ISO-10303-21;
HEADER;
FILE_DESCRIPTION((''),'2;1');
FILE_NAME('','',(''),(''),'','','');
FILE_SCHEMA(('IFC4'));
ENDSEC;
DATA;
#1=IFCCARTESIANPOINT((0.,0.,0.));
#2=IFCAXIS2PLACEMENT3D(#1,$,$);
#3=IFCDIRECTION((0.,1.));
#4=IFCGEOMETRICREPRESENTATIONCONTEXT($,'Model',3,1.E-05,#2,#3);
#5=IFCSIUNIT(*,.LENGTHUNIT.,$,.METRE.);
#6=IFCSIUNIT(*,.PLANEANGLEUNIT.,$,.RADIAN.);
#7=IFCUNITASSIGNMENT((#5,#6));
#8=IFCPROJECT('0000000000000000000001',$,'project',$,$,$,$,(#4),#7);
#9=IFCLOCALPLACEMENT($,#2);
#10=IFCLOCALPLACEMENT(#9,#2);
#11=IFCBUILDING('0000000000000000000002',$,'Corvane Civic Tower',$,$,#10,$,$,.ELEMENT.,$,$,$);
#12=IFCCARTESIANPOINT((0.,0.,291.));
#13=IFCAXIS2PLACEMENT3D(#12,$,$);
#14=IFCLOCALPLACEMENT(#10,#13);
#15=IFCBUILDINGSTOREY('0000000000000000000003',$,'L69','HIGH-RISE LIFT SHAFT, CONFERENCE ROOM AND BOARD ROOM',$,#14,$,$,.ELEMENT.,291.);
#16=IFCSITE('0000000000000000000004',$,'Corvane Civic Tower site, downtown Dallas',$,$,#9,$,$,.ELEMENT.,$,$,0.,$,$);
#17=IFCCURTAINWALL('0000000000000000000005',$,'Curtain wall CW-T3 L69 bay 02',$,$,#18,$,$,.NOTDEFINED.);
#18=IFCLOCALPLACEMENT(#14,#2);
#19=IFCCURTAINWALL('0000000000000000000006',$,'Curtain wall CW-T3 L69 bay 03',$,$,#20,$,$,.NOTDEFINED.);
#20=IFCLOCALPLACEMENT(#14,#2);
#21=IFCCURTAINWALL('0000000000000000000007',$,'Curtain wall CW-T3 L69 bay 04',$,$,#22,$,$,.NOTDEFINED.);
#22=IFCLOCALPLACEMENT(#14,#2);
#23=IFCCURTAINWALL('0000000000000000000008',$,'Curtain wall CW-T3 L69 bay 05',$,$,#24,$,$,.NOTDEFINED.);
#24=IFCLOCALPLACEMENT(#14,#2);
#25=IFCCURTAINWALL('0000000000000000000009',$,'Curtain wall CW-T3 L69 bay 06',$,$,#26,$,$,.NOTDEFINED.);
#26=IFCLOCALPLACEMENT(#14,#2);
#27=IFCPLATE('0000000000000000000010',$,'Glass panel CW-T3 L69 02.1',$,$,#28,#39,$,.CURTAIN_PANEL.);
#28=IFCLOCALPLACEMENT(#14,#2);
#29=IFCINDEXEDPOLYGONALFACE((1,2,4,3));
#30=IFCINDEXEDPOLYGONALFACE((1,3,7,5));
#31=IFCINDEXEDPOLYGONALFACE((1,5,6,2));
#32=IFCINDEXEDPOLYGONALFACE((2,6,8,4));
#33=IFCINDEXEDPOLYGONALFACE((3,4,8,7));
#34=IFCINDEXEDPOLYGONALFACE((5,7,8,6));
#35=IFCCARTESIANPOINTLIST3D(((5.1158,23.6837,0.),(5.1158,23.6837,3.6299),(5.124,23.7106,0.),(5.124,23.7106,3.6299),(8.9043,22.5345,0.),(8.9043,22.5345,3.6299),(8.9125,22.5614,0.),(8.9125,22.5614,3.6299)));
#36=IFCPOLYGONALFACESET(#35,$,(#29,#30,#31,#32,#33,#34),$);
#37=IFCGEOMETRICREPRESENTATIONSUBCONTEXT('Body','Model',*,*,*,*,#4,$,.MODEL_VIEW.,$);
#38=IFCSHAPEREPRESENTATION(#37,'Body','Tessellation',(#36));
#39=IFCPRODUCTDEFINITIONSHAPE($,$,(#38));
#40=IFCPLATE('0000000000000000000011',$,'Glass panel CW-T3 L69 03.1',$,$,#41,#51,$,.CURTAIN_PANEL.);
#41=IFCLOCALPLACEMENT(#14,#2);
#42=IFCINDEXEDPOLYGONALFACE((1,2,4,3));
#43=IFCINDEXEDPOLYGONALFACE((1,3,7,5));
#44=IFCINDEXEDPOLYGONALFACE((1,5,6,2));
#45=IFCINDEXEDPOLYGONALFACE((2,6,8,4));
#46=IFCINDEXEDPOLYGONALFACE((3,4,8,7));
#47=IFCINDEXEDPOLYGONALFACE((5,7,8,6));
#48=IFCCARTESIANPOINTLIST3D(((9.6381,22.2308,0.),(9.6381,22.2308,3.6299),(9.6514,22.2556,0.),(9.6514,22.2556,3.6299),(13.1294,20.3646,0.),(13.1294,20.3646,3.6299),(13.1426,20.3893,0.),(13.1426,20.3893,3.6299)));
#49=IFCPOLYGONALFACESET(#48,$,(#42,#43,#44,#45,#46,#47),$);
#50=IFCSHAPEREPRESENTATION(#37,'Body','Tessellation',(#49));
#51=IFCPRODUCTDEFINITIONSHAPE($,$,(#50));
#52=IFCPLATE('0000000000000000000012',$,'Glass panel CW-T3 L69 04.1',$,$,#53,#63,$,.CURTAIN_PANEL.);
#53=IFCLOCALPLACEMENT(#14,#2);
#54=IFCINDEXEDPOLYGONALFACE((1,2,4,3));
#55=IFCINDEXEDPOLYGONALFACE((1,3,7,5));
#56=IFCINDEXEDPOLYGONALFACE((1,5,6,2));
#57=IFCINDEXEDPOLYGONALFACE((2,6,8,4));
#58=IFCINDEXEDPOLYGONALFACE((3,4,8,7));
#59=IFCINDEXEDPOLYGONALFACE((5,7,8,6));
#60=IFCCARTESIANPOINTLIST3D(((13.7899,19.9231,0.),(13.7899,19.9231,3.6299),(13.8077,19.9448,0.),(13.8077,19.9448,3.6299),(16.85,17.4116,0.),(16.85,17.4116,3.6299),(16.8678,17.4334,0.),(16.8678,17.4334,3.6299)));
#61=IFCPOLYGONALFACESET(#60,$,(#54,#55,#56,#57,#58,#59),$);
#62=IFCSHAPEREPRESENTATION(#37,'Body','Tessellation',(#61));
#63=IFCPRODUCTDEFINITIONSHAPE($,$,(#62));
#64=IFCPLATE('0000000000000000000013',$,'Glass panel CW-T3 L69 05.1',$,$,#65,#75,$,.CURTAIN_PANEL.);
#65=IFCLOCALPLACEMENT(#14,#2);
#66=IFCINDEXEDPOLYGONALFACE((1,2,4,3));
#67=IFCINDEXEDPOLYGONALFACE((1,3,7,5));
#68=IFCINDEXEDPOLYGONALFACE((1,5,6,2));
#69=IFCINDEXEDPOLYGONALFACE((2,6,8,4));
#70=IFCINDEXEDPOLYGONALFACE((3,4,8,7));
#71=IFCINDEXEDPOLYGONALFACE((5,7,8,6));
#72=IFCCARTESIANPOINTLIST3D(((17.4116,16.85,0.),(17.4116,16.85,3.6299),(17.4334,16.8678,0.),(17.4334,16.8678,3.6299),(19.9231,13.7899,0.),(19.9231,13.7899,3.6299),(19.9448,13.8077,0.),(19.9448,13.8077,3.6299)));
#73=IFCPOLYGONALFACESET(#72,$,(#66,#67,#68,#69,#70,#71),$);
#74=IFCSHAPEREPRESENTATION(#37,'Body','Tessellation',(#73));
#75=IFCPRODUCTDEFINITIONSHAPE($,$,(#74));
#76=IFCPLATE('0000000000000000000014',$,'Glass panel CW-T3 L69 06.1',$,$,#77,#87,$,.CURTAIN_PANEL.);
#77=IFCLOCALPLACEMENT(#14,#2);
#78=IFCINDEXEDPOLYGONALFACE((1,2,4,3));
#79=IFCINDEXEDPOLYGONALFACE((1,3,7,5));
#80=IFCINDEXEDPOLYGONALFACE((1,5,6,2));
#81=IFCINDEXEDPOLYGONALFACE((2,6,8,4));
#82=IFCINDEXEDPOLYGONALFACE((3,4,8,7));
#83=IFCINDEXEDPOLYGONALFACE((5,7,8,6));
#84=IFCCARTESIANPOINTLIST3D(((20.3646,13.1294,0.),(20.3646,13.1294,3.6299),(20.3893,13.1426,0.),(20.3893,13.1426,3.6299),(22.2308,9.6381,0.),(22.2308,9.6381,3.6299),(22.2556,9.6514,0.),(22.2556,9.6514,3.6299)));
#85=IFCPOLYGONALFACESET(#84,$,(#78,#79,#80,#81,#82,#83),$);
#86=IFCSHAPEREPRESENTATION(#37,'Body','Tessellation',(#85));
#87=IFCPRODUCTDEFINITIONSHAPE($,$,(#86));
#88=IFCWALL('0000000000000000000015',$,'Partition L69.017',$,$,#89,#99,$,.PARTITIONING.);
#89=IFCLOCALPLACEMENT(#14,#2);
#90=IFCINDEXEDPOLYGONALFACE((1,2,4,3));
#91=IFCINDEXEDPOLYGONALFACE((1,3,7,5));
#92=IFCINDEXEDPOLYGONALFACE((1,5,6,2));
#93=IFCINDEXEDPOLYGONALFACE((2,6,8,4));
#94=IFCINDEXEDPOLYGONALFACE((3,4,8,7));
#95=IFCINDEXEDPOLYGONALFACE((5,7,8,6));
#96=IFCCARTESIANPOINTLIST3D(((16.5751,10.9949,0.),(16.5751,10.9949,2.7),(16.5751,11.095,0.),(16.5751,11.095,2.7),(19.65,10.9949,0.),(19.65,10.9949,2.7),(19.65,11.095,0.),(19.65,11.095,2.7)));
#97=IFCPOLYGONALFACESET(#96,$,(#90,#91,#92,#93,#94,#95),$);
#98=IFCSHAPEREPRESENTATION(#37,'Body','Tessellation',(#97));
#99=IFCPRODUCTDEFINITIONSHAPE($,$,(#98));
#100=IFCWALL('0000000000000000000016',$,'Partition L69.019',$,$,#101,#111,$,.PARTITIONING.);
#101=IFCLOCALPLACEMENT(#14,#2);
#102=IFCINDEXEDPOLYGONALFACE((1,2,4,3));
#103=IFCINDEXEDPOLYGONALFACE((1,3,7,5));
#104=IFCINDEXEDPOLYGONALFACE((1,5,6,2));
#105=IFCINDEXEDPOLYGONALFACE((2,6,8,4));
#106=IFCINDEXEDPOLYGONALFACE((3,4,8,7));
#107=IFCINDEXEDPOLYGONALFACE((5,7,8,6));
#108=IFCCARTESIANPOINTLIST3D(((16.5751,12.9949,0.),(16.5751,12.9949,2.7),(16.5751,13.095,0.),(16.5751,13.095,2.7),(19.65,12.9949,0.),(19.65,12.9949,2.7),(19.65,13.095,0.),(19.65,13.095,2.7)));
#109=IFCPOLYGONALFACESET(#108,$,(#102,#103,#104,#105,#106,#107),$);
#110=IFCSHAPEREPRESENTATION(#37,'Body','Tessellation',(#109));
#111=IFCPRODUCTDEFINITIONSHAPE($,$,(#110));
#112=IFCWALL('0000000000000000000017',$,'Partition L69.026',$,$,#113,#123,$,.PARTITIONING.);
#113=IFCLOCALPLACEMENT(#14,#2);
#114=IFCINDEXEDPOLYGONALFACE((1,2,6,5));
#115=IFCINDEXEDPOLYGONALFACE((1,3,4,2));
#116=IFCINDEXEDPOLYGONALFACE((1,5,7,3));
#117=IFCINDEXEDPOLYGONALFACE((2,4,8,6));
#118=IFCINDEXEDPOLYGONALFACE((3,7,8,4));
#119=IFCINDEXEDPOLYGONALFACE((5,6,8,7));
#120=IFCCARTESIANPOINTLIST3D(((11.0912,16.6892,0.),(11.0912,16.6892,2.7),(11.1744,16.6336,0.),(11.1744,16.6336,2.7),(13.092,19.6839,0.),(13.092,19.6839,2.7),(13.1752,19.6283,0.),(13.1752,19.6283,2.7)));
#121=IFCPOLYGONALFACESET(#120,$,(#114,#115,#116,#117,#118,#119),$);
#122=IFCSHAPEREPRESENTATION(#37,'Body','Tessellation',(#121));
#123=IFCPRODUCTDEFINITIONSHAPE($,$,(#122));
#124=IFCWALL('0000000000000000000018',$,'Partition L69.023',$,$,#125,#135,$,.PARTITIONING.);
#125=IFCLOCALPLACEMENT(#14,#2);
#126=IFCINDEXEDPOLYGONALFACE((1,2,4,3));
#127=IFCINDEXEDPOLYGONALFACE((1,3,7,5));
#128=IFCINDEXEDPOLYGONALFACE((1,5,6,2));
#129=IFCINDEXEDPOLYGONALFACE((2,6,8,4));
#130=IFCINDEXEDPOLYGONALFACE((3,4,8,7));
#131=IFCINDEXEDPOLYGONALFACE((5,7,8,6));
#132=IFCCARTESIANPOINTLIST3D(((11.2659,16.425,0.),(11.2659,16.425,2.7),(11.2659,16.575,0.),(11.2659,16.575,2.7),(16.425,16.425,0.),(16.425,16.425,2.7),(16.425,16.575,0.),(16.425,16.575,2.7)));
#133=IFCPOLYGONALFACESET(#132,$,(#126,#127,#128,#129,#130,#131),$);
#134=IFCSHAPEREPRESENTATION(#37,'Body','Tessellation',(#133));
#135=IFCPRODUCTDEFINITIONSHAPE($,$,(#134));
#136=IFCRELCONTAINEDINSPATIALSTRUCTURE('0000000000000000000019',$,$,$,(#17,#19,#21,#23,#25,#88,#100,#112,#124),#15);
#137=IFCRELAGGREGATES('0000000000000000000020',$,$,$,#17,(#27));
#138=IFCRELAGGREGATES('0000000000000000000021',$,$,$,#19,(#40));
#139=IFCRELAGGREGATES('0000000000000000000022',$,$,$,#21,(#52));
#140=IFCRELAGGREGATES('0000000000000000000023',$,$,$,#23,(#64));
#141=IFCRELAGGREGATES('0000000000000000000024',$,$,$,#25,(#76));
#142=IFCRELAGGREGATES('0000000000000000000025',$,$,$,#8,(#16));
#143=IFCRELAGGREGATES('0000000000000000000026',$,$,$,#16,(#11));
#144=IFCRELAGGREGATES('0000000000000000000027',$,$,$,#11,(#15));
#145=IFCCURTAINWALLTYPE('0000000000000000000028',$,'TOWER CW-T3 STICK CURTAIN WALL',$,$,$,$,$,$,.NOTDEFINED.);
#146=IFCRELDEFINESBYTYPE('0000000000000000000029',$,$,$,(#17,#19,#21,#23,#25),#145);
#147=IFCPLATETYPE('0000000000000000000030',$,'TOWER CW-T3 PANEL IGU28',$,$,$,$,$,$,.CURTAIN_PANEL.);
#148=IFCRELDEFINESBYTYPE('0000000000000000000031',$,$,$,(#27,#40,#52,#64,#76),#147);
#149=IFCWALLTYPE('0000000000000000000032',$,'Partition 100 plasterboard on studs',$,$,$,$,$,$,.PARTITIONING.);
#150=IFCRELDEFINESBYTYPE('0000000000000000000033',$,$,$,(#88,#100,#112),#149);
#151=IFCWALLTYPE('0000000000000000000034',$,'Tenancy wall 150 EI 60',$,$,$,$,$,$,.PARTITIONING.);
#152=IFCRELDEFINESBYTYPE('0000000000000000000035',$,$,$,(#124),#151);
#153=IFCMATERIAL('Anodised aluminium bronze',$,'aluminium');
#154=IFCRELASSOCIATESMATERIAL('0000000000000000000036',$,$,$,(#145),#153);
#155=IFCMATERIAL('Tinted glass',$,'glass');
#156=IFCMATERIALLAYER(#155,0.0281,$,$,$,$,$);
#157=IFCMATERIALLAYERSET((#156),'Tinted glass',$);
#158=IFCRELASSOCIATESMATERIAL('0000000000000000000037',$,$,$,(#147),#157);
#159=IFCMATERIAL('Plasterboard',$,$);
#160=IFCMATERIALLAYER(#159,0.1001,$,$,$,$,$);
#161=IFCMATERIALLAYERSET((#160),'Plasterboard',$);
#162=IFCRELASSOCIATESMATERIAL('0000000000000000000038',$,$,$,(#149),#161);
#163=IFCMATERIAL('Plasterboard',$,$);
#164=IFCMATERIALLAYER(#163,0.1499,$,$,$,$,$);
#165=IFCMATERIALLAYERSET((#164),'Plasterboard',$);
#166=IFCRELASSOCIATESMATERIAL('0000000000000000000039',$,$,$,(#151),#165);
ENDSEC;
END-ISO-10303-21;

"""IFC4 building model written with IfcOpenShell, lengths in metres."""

from ifc_helpers import new_model, si_unit, direction, frame, frame_2d, origin, origin_2d, place, context, subcontext, project, spatial, rectangle, extrude, material, layer, layer_set, type_object, element, aggregate, save


model = new_model("IFC4")

# Units and contexts
model_context = context("Model", 3, precision=1e-05, world=origin(), true_north=direction((0.0, 1.0)))
body_context = subcontext(model_context, "Body", "Model", "MODEL_VIEW")
ifc_project = project(units=[si_unit("LENGTHUNIT", "METRE"), si_unit("PLANEANGLEUNIT", "RADIAN")], contexts=[model_context])

# Site, building, storey
site_placement = place(None, origin())
site = spatial("IfcSite", under=ifc_project, at=site_placement, Name="Corvane Civic Tower site, downtown Dallas", CompositionType="ELEMENT", RefElevation=0.0)
building_placement = place(site_placement, origin())
building = spatial("IfcBuilding", under=site, at=building_placement, Name="Corvane Civic Tower", CompositionType="ELEMENT")
storey_placement = place(building_placement, frame((0.0, 0.0, 291.0)))
storey = spatial("IfcBuildingStorey", under=building, at=storey_placement, Name="L69", Description="HIGH-RISE LIFT SHAFT, CONFERENCE ROOM AND BOARD ROOM", CompositionType="ELEMENT", Elevation=291.0)

# Curtain walls
ifc_material_1 = material(Name="Anodised aluminium bronze", Category="aluminium")
curtain_wall_type = type_object("IfcCurtainWallType", Name="TOWER CW-T3 STICK CURTAIN WALL", PredefinedType="NOTDEFINED", material=ifc_material_1)
curtain_wall_1_placement = place(storey_placement, origin())
curtain_wall_1 = element("IfcCurtainWall", 1, at=curtain_wall_1_placement, inside=storey, type_object=curtain_wall_type, Name="Curtain wall CW-T3 L69 bay 02", PredefinedType="NOTDEFINED")
curtain_wall_2_placement = place(storey_placement, origin())
curtain_wall_2 = element("IfcCurtainWall", 2, at=curtain_wall_2_placement, inside=storey, type_object=curtain_wall_type, Name="Curtain wall CW-T3 L69 bay 03", PredefinedType="NOTDEFINED")
curtain_wall_3_placement = place(storey_placement, origin())
curtain_wall_3 = element("IfcCurtainWall", 3, at=curtain_wall_3_placement, inside=storey, type_object=curtain_wall_type, Name="Curtain wall CW-T3 L69 bay 04", PredefinedType="NOTDEFINED")
curtain_wall_4_placement = place(storey_placement, origin())
curtain_wall_4 = element("IfcCurtainWall", 4, at=curtain_wall_4_placement, inside=storey, type_object=curtain_wall_type, Name="Curtain wall CW-T3 L69 bay 05", PredefinedType="NOTDEFINED")
curtain_wall_5_placement = place(storey_placement, origin())
curtain_wall_5 = element("IfcCurtainWall", 5, at=curtain_wall_5_placement, inside=storey, type_object=curtain_wall_type, Name="Curtain wall CW-T3 L69 bay 06", PredefinedType="NOTDEFINED")

# Plates
ifc_material_2 = material(Name="Tinted glass", Category="glass")
ifc_layer_1 = layer(ifc_material_2, 0.0281)
ifc_layer_set_1 = layer_set([ifc_layer_1], Name="Tinted glass")
plate_type = type_object("IfcPlateType", Name="TOWER CW-T3 PANEL IGU28", PredefinedType="CURTAIN_PANEL", material=ifc_layer_set_1)
plate_1_placement = place(storey_placement, frame((7.0142, 23.1226, 0.0), z_axis=(0.0, 0.0, 1.0), x_axis=(0.956944, -0.290274, 0.0)))
plate_1 = element("IfcPlate", 6, at=plate_1_placement, type_object=plate_type, Name="Glass panel CW-T3 L69 02.1", PredefinedType="CURTAIN_PANEL", context=body_context, shape_type="SweptSolid", body=[
    extrude(rectangle(XDim=3.959, YDim=0.0281, at=origin_2d()), origin(), (0.0, 0.0, 1.0), 3.6299),
])
aggregate(curtain_wall_1, [plate_1])
plate_2_placement = place(storey_placement, frame((11.3904, 21.3101, 0.0), z_axis=(0.0, 0.0, 1.0), x_axis=(0.881908, -0.471421, 0.0)))
plate_2 = element("IfcPlate", 7, at=plate_2_placement, type_object=plate_type, Name="Glass panel CW-T3 L69 03.1", PredefinedType="CURTAIN_PANEL", context=body_context, shape_type="SweptSolid", body=[
    extrude(rectangle(XDim=3.9587, YDim=0.0281, at=origin_2d()), origin(), (0.0, 0.0, 1.0), 3.6299),
])
aggregate(curtain_wall_2, [plate_2])
plate_3_placement = place(storey_placement, frame((15.3289, 18.6782, 0.0), z_axis=(0.0, 0.0, 1.0), x_axis=(0.773001, -0.634405, 0.0)))
plate_3 = element("IfcPlate", 8, at=plate_3_placement, type_object=plate_type, Name="Glass panel CW-T3 L69 04.1", PredefinedType="CURTAIN_PANEL", context=body_context, shape_type="SweptSolid", body=[
    extrude(rectangle(XDim=3.9587, YDim=0.0281, at=origin_2d()), origin(), (0.0, 0.0, 1.0), 3.6299),
])
aggregate(curtain_wall_3, [plate_3])
plate_4_placement = place(storey_placement, frame((18.6782, 15.3289, 0.0), z_axis=(0.0, 0.0, 1.0), x_axis=(0.634405, -0.773001, 0.0)))
plate_4 = element("IfcPlate", 9, at=plate_4_placement, type_object=plate_type, Name="Glass panel CW-T3 L69 05.1", PredefinedType="CURTAIN_PANEL", context=body_context, shape_type="SweptSolid", body=[
    extrude(rectangle(XDim=3.9587, YDim=0.0281, at=origin_2d()), origin(), (0.0, 0.0, 1.0), 3.6299),
])
aggregate(curtain_wall_4, [plate_4])
plate_5_placement = place(storey_placement, frame((21.3101, 11.3904, 0.0), z_axis=(0.0, 0.0, 1.0), x_axis=(0.471421, -0.881908, 0.0)))
plate_5 = element("IfcPlate", 10, at=plate_5_placement, type_object=plate_type, Name="Glass panel CW-T3 L69 06.1", PredefinedType="CURTAIN_PANEL", context=body_context, shape_type="SweptSolid", body=[
    extrude(rectangle(XDim=3.9587, YDim=0.0281, at=origin_2d()), origin(), (0.0, 0.0, 1.0), 3.6299),
])
aggregate(curtain_wall_5, [plate_5])

# Walls
ifc_material_3 = material(Name="Plasterboard")
ifc_layer_2 = layer(ifc_material_3, 0.1001)
ifc_layer_set_2 = layer_set([ifc_layer_2], Name="Plasterboard")
wall_type_1 = type_object("IfcWallType", Name="Partition 100 plasterboard on studs", PredefinedType="PARTITIONING", material=ifc_layer_set_2)
for number, where, z_axis, x_axis, name in (
    (11, (16.575, 11.0449, 0.0), (0.0, 0.0, 1.0), (1.0, 0.0, 0.0), "Partition L69.017"),
    (12, (16.575, 13.0449, 0.0), (0.0, 0.0, 1.0), (1.0, 0.0, 0.0), "Partition L69.019"),
):
    element("IfcWall", number, at=place(storey_placement, frame(where, z_axis=z_axis, x_axis=x_axis)), inside=storey, type_object=wall_type_1, Name=name, PredefinedType="PARTITIONING", context=body_context, shape_type="SweptSolid", body=[
        extrude(rectangle(XDim=3.075, YDim=0.1001, at=frame_2d((1.5376, 0.0))), origin(), (0.0, 0.0, 1.0), 2.7),
    ])
wall_1_placement = place(storey_placement, frame((11.1328, 16.6614, 0.0), z_axis=(0.0, 0.0, 1.0), x_axis=(0.555529, 0.831497, 0.0)))
element("IfcWall", 13, at=wall_1_placement, inside=storey, type_object=wall_type_1, Name="Partition L69.026", PredefinedType="PARTITIONING", context=body_context, shape_type="SweptSolid", body=[
    extrude(rectangle(XDim=3.6016, YDim=0.1001, at=frame_2d((1.8008, 0.0))), origin(), (0.0, 0.0, 1.0), 2.7),
])
ifc_material_4 = material(Name="Plasterboard")
ifc_layer_3 = layer(ifc_material_4, 0.1499)
ifc_layer_set_3 = layer_set([ifc_layer_3], Name="Plasterboard")
wall_type_2 = type_object("IfcWallType", Name="Tenancy wall 150 EI 60", PredefinedType="PARTITIONING", material=ifc_layer_set_3)
wall_2_placement = place(storey_placement, frame((11.2659, 16.5, 0.0), z_axis=(0.0, 0.0, 1.0), x_axis=(1.0, 0.0, 0.0)))
element("IfcWall", 14, at=wall_2_placement, inside=storey, type_object=wall_type_2, Name="Partition L69.023", PredefinedType="PARTITIONING", context=body_context, shape_type="SweptSolid", body=[
    extrude(rectangle(XDim=5.1592, YDim=0.1499, at=frame_2d((2.5796, 0.0))), origin(), (0.0, 0.0, 1.0), 2.7),
])

save(model, "model.ifc")
